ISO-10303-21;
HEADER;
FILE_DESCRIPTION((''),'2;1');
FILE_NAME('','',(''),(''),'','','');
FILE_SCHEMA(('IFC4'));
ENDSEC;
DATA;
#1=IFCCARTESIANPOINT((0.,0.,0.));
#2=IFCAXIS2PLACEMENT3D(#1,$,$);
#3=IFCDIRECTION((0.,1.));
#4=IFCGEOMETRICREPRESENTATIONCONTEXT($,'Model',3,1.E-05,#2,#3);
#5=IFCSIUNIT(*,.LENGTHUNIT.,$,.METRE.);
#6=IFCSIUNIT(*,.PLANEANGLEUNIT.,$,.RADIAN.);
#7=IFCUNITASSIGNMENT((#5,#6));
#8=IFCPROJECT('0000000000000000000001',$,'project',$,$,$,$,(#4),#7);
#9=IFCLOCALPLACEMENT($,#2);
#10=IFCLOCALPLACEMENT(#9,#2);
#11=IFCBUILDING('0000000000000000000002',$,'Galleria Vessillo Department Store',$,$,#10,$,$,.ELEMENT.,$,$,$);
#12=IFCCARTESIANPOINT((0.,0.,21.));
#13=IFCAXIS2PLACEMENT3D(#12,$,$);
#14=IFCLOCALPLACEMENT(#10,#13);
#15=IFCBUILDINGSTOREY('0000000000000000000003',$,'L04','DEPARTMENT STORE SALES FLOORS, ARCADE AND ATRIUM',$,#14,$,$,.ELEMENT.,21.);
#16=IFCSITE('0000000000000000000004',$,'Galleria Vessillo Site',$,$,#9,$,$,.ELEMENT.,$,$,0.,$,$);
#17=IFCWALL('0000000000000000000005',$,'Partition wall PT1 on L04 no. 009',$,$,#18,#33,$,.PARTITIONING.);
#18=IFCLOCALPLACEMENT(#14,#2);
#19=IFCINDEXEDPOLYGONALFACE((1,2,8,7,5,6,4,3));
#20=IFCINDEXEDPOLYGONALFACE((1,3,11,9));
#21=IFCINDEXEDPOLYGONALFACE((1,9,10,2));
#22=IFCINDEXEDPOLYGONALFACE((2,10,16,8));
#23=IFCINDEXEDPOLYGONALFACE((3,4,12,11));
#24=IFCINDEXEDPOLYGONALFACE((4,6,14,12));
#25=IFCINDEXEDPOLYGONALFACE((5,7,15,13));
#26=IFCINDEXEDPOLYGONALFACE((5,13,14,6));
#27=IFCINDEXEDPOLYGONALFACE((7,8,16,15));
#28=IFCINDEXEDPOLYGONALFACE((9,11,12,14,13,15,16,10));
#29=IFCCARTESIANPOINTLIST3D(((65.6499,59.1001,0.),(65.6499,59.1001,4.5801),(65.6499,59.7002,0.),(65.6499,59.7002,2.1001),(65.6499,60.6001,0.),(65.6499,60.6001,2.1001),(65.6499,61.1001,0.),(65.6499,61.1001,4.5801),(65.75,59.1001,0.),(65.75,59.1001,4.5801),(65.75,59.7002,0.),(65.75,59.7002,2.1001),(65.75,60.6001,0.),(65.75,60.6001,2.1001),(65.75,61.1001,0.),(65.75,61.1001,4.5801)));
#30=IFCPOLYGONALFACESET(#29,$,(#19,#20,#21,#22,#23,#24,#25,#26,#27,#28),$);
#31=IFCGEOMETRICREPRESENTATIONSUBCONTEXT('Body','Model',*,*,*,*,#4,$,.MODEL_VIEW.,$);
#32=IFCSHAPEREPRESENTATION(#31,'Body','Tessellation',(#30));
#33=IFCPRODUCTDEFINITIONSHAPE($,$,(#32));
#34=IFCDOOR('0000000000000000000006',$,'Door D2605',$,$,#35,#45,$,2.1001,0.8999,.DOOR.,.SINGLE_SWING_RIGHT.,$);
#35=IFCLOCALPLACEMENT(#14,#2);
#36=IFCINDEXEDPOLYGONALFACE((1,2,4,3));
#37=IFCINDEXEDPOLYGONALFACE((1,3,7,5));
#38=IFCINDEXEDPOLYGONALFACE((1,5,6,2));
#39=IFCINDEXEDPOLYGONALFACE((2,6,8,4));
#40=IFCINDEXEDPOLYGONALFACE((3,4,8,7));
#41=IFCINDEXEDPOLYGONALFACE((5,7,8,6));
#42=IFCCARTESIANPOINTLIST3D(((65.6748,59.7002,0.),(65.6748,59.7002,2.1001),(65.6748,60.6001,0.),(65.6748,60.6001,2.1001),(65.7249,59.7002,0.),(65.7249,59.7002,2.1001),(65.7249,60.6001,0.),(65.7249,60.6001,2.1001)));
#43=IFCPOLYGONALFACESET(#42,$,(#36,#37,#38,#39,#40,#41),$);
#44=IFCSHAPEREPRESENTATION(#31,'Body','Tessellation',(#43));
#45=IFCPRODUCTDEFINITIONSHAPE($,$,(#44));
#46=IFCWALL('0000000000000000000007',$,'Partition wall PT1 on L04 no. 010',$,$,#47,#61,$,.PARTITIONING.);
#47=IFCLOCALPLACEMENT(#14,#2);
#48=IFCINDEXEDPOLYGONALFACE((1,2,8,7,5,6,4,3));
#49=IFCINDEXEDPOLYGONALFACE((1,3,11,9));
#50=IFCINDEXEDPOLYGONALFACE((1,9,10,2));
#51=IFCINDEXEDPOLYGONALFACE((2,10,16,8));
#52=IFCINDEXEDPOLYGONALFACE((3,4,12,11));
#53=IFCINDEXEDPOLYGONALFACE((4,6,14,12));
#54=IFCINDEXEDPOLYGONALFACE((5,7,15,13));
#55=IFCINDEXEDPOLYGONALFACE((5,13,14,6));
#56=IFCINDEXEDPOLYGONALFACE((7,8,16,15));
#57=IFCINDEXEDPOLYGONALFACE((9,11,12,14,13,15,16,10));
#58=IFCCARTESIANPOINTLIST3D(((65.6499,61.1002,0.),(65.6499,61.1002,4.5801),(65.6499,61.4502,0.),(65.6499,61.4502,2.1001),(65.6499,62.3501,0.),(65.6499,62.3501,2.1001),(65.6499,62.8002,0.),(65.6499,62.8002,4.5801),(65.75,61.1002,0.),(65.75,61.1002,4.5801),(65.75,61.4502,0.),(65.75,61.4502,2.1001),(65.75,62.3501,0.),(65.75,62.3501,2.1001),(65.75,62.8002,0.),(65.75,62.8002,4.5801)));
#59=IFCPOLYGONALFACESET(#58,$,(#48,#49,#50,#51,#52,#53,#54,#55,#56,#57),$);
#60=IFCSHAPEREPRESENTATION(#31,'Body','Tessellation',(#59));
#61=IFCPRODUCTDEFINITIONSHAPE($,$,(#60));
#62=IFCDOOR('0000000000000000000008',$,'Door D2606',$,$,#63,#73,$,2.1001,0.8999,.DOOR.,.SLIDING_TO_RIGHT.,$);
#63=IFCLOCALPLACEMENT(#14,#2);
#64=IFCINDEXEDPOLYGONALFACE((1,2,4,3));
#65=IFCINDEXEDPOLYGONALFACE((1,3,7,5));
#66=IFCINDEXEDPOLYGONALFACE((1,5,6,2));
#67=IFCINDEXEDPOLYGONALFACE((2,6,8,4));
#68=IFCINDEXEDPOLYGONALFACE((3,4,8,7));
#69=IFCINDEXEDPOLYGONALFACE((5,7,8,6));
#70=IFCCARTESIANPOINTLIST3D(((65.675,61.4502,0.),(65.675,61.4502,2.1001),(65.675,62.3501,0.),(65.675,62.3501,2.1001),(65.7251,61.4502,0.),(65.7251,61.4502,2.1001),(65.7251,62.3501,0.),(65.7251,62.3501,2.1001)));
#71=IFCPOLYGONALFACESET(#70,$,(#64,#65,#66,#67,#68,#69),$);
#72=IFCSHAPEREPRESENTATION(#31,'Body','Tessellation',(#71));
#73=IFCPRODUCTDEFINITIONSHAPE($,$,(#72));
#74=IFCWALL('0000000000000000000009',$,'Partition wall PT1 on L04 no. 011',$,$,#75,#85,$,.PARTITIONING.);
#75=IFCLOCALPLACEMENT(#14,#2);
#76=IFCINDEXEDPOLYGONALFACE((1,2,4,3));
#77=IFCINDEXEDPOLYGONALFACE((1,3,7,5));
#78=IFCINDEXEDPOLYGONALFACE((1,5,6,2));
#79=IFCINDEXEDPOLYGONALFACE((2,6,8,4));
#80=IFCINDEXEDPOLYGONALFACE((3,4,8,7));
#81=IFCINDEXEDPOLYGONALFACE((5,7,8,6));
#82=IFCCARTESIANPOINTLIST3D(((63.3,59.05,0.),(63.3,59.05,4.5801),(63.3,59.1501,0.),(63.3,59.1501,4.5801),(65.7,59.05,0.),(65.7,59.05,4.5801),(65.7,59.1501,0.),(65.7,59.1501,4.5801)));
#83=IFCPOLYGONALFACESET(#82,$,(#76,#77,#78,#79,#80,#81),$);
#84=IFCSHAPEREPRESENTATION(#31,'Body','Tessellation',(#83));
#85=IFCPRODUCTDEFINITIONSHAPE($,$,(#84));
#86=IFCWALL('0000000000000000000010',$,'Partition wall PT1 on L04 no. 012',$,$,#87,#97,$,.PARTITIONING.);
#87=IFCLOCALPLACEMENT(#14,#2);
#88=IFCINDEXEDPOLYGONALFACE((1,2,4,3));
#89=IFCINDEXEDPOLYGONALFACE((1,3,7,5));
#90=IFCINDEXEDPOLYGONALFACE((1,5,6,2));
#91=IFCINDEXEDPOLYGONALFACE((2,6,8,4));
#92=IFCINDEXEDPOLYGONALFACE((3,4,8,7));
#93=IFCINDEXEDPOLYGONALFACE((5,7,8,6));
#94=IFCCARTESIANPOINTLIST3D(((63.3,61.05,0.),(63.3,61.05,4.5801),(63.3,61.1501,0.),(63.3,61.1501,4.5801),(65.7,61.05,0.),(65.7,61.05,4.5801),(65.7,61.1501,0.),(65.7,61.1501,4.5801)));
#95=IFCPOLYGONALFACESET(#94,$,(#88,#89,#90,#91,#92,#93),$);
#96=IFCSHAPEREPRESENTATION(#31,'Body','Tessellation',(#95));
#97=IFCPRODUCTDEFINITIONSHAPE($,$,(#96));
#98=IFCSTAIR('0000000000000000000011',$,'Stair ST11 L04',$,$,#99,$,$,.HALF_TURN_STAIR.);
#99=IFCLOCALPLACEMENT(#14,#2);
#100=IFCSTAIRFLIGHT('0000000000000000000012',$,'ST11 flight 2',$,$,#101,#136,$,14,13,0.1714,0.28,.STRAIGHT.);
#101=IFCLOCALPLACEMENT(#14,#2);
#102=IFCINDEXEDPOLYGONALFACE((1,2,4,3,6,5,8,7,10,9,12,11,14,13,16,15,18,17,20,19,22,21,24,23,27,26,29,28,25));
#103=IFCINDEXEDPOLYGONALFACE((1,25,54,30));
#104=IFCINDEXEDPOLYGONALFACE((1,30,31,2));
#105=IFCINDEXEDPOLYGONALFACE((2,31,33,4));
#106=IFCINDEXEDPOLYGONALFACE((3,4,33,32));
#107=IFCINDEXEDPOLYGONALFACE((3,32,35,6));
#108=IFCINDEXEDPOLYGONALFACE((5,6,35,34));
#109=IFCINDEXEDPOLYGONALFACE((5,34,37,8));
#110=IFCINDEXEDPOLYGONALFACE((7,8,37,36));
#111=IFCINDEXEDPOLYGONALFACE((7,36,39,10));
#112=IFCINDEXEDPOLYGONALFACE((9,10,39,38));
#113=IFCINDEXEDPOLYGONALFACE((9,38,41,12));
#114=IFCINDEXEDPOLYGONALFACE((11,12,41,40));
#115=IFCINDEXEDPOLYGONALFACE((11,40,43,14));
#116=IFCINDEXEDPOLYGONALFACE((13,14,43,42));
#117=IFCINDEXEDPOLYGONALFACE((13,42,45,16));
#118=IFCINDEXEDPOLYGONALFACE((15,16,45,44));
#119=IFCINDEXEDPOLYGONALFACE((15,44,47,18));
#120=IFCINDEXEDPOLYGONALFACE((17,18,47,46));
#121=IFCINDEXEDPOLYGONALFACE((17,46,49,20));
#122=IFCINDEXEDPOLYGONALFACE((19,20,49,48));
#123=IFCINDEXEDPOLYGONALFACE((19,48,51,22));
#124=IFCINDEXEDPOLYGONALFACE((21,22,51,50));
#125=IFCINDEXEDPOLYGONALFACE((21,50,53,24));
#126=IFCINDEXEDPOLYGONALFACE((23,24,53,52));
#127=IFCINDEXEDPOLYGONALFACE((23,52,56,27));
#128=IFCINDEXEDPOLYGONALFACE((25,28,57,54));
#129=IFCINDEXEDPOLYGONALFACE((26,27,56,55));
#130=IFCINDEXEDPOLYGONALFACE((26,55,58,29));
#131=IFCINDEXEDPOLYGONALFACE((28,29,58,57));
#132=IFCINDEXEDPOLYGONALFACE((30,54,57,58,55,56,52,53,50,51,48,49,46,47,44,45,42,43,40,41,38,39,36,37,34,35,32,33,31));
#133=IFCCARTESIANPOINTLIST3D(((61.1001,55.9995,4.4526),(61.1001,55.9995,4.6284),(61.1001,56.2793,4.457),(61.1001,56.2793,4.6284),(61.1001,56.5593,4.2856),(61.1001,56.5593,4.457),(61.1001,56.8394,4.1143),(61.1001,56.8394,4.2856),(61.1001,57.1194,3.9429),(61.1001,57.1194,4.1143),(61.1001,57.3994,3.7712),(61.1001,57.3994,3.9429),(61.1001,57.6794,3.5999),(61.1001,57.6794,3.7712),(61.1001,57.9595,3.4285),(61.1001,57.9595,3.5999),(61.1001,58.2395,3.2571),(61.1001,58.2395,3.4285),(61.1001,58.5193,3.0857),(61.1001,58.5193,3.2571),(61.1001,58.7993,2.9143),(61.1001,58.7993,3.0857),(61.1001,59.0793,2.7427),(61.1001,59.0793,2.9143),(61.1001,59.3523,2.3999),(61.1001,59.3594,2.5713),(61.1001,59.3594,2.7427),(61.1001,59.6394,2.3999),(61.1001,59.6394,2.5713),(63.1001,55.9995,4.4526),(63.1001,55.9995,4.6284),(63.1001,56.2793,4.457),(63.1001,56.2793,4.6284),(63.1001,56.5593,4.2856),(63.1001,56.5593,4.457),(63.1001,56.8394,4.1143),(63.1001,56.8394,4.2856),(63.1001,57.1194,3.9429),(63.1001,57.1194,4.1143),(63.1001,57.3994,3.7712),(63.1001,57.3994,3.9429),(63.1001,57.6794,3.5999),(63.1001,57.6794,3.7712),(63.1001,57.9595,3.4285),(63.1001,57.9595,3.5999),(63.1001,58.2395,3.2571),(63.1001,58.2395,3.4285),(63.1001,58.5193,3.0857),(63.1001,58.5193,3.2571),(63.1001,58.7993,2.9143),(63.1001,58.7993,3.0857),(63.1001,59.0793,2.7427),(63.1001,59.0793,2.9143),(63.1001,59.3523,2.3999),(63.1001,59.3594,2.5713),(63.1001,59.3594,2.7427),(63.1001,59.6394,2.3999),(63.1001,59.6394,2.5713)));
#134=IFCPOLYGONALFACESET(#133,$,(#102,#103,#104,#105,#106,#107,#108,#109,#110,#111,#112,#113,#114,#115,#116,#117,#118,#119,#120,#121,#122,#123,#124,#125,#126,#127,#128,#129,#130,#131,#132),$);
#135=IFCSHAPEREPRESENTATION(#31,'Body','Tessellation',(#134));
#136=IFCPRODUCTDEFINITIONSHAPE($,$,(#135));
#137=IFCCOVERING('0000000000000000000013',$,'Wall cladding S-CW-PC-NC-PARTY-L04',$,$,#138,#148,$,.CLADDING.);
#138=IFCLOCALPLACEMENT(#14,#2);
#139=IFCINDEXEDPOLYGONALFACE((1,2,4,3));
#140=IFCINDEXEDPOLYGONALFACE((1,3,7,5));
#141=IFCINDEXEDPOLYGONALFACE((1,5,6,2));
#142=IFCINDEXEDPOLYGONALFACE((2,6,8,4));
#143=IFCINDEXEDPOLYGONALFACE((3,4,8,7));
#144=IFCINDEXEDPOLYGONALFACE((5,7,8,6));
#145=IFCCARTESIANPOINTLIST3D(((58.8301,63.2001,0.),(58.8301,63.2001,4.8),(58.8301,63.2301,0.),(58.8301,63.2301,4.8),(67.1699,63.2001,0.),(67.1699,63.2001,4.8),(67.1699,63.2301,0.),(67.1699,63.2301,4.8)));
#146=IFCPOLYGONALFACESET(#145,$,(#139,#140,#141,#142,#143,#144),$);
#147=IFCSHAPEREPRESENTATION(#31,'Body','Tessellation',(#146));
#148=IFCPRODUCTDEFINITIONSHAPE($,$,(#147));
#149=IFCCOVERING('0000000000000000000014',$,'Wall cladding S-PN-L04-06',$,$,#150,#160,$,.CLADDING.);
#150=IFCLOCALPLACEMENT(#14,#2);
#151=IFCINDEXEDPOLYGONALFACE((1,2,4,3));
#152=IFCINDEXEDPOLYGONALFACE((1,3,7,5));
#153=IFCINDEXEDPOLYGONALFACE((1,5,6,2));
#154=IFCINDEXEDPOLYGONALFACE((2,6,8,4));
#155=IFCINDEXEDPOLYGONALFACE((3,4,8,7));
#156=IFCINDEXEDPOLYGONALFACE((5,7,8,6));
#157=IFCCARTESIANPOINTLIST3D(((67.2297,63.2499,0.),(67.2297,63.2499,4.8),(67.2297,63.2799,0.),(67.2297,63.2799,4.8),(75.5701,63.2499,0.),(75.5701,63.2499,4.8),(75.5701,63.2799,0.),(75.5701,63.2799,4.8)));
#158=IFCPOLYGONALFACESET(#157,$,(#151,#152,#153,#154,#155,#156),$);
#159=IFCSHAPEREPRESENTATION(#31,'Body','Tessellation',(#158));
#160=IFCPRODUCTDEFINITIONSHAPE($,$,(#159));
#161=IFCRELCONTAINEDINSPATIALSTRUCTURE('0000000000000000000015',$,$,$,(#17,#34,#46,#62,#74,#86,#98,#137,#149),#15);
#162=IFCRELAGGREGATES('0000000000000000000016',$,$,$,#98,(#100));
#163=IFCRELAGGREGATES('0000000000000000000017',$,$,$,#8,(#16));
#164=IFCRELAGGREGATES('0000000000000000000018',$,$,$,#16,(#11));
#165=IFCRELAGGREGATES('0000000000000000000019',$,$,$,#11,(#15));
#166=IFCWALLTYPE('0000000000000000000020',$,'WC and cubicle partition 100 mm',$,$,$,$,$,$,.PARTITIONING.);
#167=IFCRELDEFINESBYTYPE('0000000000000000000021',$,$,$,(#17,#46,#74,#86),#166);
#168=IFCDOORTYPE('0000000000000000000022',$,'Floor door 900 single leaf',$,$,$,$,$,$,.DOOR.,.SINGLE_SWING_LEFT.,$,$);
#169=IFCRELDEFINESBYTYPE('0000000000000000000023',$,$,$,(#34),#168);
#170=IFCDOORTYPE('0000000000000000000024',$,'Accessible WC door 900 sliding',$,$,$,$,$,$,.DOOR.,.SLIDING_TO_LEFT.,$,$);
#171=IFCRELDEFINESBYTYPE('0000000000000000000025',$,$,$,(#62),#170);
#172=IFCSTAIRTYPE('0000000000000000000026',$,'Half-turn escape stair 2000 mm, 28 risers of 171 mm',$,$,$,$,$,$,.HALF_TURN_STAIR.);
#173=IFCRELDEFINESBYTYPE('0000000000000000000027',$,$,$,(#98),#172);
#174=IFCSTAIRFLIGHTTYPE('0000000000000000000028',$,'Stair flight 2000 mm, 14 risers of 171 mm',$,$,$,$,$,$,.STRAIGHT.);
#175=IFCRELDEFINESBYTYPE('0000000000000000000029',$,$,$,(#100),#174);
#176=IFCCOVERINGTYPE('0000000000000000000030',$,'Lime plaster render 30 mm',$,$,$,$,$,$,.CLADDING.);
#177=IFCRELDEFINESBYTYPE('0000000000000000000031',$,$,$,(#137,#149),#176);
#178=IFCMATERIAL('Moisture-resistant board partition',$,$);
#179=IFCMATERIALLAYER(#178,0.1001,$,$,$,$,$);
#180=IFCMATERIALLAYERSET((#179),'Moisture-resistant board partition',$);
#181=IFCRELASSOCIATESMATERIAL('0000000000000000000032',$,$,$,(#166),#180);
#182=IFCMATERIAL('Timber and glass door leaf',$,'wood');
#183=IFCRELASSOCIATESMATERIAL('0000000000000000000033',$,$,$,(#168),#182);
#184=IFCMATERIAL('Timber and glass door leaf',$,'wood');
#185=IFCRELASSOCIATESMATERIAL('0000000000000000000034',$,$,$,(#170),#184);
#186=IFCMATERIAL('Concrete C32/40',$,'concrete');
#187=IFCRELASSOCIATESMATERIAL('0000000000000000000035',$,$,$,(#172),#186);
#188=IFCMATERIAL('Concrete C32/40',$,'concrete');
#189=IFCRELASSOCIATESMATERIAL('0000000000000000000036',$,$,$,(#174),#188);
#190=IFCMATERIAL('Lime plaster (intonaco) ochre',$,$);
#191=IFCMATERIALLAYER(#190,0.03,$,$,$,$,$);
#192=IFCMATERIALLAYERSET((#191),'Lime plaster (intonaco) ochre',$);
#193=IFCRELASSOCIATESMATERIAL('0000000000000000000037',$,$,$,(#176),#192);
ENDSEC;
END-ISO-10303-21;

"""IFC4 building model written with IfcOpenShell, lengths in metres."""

from ifc_helpers import new_model, si_unit, direction, frame, frame_2d, origin, origin_2d, place, context, subcontext, project, spatial, polyline, rectangle, outline, extrude, material, layer, layer_set, type_object, element, fill, aggregate, save


model = new_model("IFC4")

# Units and contexts
model_context = context("Model", 3, precision=1e-05, world=origin(), true_north=direction((0.0, 1.0)))
body_context = subcontext(model_context, "Body", "Model", "MODEL_VIEW")
ifc_project = project(units=[si_unit("LENGTHUNIT", "METRE"), si_unit("PLANEANGLEUNIT", "RADIAN")], contexts=[model_context])

# Site, building, storey
site_placement = place(None, origin())
site = spatial("IfcSite", under=ifc_project, at=site_placement, Name="Galleria Vessillo Site", CompositionType="ELEMENT", RefElevation=0.0)
building_placement = place(site_placement, origin())
building = spatial("IfcBuilding", under=site, at=building_placement, Name="Galleria Vessillo Department Store", CompositionType="ELEMENT")
storey_placement = place(building_placement, frame((0.0, 0.0, 21.0)))
storey = spatial("IfcBuildingStorey", under=building, at=storey_placement, Name="L04", Description="DEPARTMENT STORE SALES FLOORS, ARCADE AND ATRIUM", CompositionType="ELEMENT", Elevation=21.0)

# Shared definitions
ifc_material_1 = material(Name="Moisture-resistant board partition")
ifc_layer_1 = layer(ifc_material_1, 0.1001)
ifc_layer_set_1 = layer_set([ifc_layer_1], Name="Moisture-resistant board partition")
wall_type_1 = type_object("IfcWallType", Name="WC and cubicle partition 100 mm", PredefinedType="PARTITIONING", material=ifc_layer_set_1)
ifc_material_2 = material(Name="Timber and glass door leaf", Category="wood")
door_type_1 = type_object("IfcDoorType", Name="Floor door 900 single leaf", OperationType="SINGLE_SWING_LEFT", PredefinedType="DOOR", material=ifc_material_2)

# Walls, openings, doors
wall_1_placement = place(storey_placement, frame((65.7, 59.1001, 0.0), z_axis=(0.0, 0.0, 1.0), x_axis=(0.0, 1.0, 0.0)))
wall_1 = element("IfcWall", 1, at=wall_1_placement, inside=storey, type_object=wall_type_1, Name="Partition wall PT1 on L04 no. 009", PredefinedType="PARTITIONING", context=body_context, shape_type="SweptSolid", body=[
    extrude(rectangle(XDim=2.0, YDim=0.1001, at=frame_2d((1.0, 0.0))), origin(), (0.0, 0.0, 1.0), 4.5801),
])
opening_1_placement = place(wall_1_placement, frame((0.6001, 0.0, 0.0)))
opening_1 = element("IfcOpeningElement", 2, at=opening_1_placement, cuts=wall_1, PredefinedType="OPENING", context=body_context, shape_type="SweptSolid", body=[
    extrude(rectangle(XDim=0.8999, YDim=2.1001, at=frame_2d((0.45, 1.05))), frame((0.0, 0.0601, 0.0), z_axis=(0.0, -1.0, 0.0), x_axis=(1.0, 0.0, 0.0)), (0.0, 0.0, 1.0), 0.1201),
])
door_1_placement = place(opening_1_placement, frame((0.8999, 0.0, 0.0), z_axis=(0.0, 0.0, 1.0), x_axis=(-1.0, 0.0, 0.0)))
door_1 = element("IfcDoor", 3, at=door_1_placement, inside=storey, type_object=door_type_1, Name="Door D2605", OperationType="SINGLE_SWING_RIGHT", OverallHeight=2.1001, OverallWidth=0.8999, PredefinedType="DOOR", context=body_context, shape_type="SweptSolid", body=[
    extrude(rectangle(XDim=0.8999, YDim=2.1001, at=frame_2d((0.45, 1.05))), frame((0.0, 0.0249, 0.0), z_axis=(0.0, -1.0, 0.0), x_axis=(1.0, 0.0, 0.0)), (0.0, 0.0, 1.0), 0.05),
])
fill(opening_1, door_1)
wall_2_placement = place(storey_placement, frame((65.7, 61.1001, 0.0), z_axis=(0.0, 0.0, 1.0), x_axis=(0.0, 1.0, 0.0)))
wall_2 = element("IfcWall", 4, at=wall_2_placement, inside=storey, type_object=wall_type_1, Name="Partition wall PT1 on L04 no. 010", PredefinedType="PARTITIONING", context=body_context, shape_type="SweptSolid", body=[
    extrude(rectangle(XDim=1.7, YDim=0.1001, at=frame_2d((0.8501, 0.0))), origin(), (0.0, 0.0, 1.0), 4.5801),
])
opening_2_placement = place(wall_2_placement, frame((0.3501, 0.0, 0.0)))
opening_2 = element("IfcOpeningElement", 5, at=opening_2_placement, cuts=wall_2, PredefinedType="OPENING", context=body_context, shape_type="SweptSolid", body=[
    extrude(rectangle(XDim=0.8999, YDim=2.1001, at=frame_2d((0.45, 1.05))), frame((0.0, 0.0601, 0.0), z_axis=(0.0, -1.0, 0.0), x_axis=(1.0, 0.0, 0.0)), (0.0, 0.0, 1.0), 0.1201),
])
ifc_material_3 = material(Name="Timber and glass door leaf", Category="wood")
door_type_2 = type_object("IfcDoorType", Name="Accessible WC door 900 sliding", OperationType="SLIDING_TO_LEFT", PredefinedType="DOOR", material=ifc_material_3)
door_2_placement = place(opening_2_placement, origin())
door_2 = element("IfcDoor", 6, at=door_2_placement, inside=storey, type_object=door_type_2, Name="Door D2606", OperationType="SLIDING_TO_RIGHT", OverallHeight=2.1001, OverallWidth=0.8999, PredefinedType="DOOR", context=body_context, shape_type="SweptSolid", body=[
    extrude(rectangle(XDim=0.8999, YDim=2.1001, at=frame_2d((0.45, 1.05))), frame((0.0, 0.0249, 0.0), z_axis=(0.0, -1.0, 0.0), x_axis=(1.0, 0.0, 0.0)), (0.0, 0.0, 1.0), 0.05),
])
fill(opening_2, door_2)

# Walls
for number, where, z_axis, x_axis, name in (
    (7, (63.3, 59.1001, 0.0), (0.0, 0.0, 1.0), (1.0, 0.0, 0.0), "Partition wall PT1 on L04 no. 011"),
    (8, (63.3, 61.1001, 0.0), (0.0, 0.0, 1.0), (1.0, 0.0, 0.0), "Partition wall PT1 on L04 no. 012"),
):
    element("IfcWall", number, at=place(storey_placement, frame(where, z_axis=z_axis, x_axis=x_axis)), inside=storey, type_object=wall_type_1, Name=name, PredefinedType="PARTITIONING", context=body_context, shape_type="SweptSolid", body=[
        extrude(rectangle(XDim=2.3999, YDim=0.1001, at=frame_2d((1.2, 0.0))), origin(), (0.0, 0.0, 1.0), 4.5801),
    ])

# Stair, stair flight
ifc_material_4 = material(Name="Concrete C32/40", Category="concrete")
stair_type = type_object("IfcStairType", Name="Half-turn escape stair 2000 mm, 28 risers of 171 mm", PredefinedType="HALF_TURN_STAIR", material=ifc_material_4)
stair_placement = place(storey_placement, origin())
stair = element("IfcStair", 9, at=stair_placement, inside=storey, type_object=stair_type, Name="Stair ST11 L04", PredefinedType="HALF_TURN_STAIR")
ifc_material_5 = material(Name="Concrete C32/40", Category="concrete")
stair_flight_type = type_object("IfcStairFlightType", Name="Stair flight 2000 mm, 14 risers of 171 mm", PredefinedType="STRAIGHT", material=ifc_material_5)
stair_flight_placement = place(storey_placement, frame((62.1001, 59.6394, 2.3999), z_axis=(0.0, 0.0, 1.0), x_axis=(0.0, -1.0, 0.0)))
stair_flight = element("IfcStairFlight", 10, at=stair_flight_placement, type_object=stair_flight_type, Name="ST11 flight 2", NumberOfRisers=14, NumberOfTreads=13, PredefinedType="STRAIGHT", RiserHeight=0.1714, TreadLength=0.28, context=body_context, shape_type="SweptSolid", body=[
    extrude(outline(polyline([(0.0, 0.0), (0.0, 0.1714), (0.28, 0.1714), (0.28, 0.3428), (0.5601, 0.3428), (0.5601, 0.5144), (0.8401, 0.5144), (0.8401, 0.6858), (1.1201, 0.6858), (1.1201, 0.8572), (1.3999, 0.8572), (1.3999, 1.0286), (1.6799, 1.0286), (1.6799, 1.2), (1.96, 1.2), (1.96, 1.3713), (2.24, 1.3713), (2.24, 1.543), (2.52, 1.543), (2.52, 1.7144), (2.8, 1.7144), (2.8, 1.8857), (3.0801, 1.8857), (3.0801, 2.0571), (3.3601, 2.0571), (3.3601, 2.2285), (3.6399, 2.2285), (3.6399, 2.3999), (3.6399, 2.0527), (0.2871, 0.0), (0.0, 0.0)])), frame((0.0, 1.0, 0.0), z_axis=(0.0, -1.0, 0.0), x_axis=(1.0, 0.0, 0.0)), (0.0, 0.0, 1.0), 2.0),
])
aggregate(stair, [stair_flight])

# Coverings
ifc_material_6 = material(Name="Lime plaster (intonaco) ochre")
ifc_layer_2 = layer(ifc_material_6, 0.03)
ifc_layer_set_2 = layer_set([ifc_layer_2], Name="Lime plaster (intonaco) ochre")
covering_type = type_object("IfcCoveringType", Name="Lime plaster render 30 mm", PredefinedType="CLADDING", material=ifc_layer_set_2)
covering_1_placement = place(storey_placement, frame((63.0, 63.2151, 0.0), z_axis=(0.0, 0.0, 1.0), x_axis=(1.0, 0.0, 0.0)))
element("IfcCovering", 11, at=covering_1_placement, inside=storey, type_object=covering_type, Name="Wall cladding S-CW-PC-NC-PARTY-L04", PredefinedType="CLADDING", context=body_context, shape_type="SweptSolid", body=[
    extrude(rectangle(XDim=8.3398, YDim=0.03, at=origin_2d()), origin(), (0.0, 0.0, 1.0), 4.8),
])
covering_2_placement = place(storey_placement, frame((71.3999, 63.2649, 0.0), z_axis=(0.0, 0.0, 1.0), x_axis=(1.0, 0.0, 0.0)))
element("IfcCovering", 12, at=covering_2_placement, inside=storey, type_object=covering_type, Name="Wall cladding S-PN-L04-06", PredefinedType="CLADDING", context=body_context, shape_type="SweptSolid", body=[
    extrude(rectangle(XDim=8.3403, YDim=0.03, at=origin_2d()), origin(), (0.0, 0.0, 1.0), 4.8),
])

save(model, "model.ifc")
